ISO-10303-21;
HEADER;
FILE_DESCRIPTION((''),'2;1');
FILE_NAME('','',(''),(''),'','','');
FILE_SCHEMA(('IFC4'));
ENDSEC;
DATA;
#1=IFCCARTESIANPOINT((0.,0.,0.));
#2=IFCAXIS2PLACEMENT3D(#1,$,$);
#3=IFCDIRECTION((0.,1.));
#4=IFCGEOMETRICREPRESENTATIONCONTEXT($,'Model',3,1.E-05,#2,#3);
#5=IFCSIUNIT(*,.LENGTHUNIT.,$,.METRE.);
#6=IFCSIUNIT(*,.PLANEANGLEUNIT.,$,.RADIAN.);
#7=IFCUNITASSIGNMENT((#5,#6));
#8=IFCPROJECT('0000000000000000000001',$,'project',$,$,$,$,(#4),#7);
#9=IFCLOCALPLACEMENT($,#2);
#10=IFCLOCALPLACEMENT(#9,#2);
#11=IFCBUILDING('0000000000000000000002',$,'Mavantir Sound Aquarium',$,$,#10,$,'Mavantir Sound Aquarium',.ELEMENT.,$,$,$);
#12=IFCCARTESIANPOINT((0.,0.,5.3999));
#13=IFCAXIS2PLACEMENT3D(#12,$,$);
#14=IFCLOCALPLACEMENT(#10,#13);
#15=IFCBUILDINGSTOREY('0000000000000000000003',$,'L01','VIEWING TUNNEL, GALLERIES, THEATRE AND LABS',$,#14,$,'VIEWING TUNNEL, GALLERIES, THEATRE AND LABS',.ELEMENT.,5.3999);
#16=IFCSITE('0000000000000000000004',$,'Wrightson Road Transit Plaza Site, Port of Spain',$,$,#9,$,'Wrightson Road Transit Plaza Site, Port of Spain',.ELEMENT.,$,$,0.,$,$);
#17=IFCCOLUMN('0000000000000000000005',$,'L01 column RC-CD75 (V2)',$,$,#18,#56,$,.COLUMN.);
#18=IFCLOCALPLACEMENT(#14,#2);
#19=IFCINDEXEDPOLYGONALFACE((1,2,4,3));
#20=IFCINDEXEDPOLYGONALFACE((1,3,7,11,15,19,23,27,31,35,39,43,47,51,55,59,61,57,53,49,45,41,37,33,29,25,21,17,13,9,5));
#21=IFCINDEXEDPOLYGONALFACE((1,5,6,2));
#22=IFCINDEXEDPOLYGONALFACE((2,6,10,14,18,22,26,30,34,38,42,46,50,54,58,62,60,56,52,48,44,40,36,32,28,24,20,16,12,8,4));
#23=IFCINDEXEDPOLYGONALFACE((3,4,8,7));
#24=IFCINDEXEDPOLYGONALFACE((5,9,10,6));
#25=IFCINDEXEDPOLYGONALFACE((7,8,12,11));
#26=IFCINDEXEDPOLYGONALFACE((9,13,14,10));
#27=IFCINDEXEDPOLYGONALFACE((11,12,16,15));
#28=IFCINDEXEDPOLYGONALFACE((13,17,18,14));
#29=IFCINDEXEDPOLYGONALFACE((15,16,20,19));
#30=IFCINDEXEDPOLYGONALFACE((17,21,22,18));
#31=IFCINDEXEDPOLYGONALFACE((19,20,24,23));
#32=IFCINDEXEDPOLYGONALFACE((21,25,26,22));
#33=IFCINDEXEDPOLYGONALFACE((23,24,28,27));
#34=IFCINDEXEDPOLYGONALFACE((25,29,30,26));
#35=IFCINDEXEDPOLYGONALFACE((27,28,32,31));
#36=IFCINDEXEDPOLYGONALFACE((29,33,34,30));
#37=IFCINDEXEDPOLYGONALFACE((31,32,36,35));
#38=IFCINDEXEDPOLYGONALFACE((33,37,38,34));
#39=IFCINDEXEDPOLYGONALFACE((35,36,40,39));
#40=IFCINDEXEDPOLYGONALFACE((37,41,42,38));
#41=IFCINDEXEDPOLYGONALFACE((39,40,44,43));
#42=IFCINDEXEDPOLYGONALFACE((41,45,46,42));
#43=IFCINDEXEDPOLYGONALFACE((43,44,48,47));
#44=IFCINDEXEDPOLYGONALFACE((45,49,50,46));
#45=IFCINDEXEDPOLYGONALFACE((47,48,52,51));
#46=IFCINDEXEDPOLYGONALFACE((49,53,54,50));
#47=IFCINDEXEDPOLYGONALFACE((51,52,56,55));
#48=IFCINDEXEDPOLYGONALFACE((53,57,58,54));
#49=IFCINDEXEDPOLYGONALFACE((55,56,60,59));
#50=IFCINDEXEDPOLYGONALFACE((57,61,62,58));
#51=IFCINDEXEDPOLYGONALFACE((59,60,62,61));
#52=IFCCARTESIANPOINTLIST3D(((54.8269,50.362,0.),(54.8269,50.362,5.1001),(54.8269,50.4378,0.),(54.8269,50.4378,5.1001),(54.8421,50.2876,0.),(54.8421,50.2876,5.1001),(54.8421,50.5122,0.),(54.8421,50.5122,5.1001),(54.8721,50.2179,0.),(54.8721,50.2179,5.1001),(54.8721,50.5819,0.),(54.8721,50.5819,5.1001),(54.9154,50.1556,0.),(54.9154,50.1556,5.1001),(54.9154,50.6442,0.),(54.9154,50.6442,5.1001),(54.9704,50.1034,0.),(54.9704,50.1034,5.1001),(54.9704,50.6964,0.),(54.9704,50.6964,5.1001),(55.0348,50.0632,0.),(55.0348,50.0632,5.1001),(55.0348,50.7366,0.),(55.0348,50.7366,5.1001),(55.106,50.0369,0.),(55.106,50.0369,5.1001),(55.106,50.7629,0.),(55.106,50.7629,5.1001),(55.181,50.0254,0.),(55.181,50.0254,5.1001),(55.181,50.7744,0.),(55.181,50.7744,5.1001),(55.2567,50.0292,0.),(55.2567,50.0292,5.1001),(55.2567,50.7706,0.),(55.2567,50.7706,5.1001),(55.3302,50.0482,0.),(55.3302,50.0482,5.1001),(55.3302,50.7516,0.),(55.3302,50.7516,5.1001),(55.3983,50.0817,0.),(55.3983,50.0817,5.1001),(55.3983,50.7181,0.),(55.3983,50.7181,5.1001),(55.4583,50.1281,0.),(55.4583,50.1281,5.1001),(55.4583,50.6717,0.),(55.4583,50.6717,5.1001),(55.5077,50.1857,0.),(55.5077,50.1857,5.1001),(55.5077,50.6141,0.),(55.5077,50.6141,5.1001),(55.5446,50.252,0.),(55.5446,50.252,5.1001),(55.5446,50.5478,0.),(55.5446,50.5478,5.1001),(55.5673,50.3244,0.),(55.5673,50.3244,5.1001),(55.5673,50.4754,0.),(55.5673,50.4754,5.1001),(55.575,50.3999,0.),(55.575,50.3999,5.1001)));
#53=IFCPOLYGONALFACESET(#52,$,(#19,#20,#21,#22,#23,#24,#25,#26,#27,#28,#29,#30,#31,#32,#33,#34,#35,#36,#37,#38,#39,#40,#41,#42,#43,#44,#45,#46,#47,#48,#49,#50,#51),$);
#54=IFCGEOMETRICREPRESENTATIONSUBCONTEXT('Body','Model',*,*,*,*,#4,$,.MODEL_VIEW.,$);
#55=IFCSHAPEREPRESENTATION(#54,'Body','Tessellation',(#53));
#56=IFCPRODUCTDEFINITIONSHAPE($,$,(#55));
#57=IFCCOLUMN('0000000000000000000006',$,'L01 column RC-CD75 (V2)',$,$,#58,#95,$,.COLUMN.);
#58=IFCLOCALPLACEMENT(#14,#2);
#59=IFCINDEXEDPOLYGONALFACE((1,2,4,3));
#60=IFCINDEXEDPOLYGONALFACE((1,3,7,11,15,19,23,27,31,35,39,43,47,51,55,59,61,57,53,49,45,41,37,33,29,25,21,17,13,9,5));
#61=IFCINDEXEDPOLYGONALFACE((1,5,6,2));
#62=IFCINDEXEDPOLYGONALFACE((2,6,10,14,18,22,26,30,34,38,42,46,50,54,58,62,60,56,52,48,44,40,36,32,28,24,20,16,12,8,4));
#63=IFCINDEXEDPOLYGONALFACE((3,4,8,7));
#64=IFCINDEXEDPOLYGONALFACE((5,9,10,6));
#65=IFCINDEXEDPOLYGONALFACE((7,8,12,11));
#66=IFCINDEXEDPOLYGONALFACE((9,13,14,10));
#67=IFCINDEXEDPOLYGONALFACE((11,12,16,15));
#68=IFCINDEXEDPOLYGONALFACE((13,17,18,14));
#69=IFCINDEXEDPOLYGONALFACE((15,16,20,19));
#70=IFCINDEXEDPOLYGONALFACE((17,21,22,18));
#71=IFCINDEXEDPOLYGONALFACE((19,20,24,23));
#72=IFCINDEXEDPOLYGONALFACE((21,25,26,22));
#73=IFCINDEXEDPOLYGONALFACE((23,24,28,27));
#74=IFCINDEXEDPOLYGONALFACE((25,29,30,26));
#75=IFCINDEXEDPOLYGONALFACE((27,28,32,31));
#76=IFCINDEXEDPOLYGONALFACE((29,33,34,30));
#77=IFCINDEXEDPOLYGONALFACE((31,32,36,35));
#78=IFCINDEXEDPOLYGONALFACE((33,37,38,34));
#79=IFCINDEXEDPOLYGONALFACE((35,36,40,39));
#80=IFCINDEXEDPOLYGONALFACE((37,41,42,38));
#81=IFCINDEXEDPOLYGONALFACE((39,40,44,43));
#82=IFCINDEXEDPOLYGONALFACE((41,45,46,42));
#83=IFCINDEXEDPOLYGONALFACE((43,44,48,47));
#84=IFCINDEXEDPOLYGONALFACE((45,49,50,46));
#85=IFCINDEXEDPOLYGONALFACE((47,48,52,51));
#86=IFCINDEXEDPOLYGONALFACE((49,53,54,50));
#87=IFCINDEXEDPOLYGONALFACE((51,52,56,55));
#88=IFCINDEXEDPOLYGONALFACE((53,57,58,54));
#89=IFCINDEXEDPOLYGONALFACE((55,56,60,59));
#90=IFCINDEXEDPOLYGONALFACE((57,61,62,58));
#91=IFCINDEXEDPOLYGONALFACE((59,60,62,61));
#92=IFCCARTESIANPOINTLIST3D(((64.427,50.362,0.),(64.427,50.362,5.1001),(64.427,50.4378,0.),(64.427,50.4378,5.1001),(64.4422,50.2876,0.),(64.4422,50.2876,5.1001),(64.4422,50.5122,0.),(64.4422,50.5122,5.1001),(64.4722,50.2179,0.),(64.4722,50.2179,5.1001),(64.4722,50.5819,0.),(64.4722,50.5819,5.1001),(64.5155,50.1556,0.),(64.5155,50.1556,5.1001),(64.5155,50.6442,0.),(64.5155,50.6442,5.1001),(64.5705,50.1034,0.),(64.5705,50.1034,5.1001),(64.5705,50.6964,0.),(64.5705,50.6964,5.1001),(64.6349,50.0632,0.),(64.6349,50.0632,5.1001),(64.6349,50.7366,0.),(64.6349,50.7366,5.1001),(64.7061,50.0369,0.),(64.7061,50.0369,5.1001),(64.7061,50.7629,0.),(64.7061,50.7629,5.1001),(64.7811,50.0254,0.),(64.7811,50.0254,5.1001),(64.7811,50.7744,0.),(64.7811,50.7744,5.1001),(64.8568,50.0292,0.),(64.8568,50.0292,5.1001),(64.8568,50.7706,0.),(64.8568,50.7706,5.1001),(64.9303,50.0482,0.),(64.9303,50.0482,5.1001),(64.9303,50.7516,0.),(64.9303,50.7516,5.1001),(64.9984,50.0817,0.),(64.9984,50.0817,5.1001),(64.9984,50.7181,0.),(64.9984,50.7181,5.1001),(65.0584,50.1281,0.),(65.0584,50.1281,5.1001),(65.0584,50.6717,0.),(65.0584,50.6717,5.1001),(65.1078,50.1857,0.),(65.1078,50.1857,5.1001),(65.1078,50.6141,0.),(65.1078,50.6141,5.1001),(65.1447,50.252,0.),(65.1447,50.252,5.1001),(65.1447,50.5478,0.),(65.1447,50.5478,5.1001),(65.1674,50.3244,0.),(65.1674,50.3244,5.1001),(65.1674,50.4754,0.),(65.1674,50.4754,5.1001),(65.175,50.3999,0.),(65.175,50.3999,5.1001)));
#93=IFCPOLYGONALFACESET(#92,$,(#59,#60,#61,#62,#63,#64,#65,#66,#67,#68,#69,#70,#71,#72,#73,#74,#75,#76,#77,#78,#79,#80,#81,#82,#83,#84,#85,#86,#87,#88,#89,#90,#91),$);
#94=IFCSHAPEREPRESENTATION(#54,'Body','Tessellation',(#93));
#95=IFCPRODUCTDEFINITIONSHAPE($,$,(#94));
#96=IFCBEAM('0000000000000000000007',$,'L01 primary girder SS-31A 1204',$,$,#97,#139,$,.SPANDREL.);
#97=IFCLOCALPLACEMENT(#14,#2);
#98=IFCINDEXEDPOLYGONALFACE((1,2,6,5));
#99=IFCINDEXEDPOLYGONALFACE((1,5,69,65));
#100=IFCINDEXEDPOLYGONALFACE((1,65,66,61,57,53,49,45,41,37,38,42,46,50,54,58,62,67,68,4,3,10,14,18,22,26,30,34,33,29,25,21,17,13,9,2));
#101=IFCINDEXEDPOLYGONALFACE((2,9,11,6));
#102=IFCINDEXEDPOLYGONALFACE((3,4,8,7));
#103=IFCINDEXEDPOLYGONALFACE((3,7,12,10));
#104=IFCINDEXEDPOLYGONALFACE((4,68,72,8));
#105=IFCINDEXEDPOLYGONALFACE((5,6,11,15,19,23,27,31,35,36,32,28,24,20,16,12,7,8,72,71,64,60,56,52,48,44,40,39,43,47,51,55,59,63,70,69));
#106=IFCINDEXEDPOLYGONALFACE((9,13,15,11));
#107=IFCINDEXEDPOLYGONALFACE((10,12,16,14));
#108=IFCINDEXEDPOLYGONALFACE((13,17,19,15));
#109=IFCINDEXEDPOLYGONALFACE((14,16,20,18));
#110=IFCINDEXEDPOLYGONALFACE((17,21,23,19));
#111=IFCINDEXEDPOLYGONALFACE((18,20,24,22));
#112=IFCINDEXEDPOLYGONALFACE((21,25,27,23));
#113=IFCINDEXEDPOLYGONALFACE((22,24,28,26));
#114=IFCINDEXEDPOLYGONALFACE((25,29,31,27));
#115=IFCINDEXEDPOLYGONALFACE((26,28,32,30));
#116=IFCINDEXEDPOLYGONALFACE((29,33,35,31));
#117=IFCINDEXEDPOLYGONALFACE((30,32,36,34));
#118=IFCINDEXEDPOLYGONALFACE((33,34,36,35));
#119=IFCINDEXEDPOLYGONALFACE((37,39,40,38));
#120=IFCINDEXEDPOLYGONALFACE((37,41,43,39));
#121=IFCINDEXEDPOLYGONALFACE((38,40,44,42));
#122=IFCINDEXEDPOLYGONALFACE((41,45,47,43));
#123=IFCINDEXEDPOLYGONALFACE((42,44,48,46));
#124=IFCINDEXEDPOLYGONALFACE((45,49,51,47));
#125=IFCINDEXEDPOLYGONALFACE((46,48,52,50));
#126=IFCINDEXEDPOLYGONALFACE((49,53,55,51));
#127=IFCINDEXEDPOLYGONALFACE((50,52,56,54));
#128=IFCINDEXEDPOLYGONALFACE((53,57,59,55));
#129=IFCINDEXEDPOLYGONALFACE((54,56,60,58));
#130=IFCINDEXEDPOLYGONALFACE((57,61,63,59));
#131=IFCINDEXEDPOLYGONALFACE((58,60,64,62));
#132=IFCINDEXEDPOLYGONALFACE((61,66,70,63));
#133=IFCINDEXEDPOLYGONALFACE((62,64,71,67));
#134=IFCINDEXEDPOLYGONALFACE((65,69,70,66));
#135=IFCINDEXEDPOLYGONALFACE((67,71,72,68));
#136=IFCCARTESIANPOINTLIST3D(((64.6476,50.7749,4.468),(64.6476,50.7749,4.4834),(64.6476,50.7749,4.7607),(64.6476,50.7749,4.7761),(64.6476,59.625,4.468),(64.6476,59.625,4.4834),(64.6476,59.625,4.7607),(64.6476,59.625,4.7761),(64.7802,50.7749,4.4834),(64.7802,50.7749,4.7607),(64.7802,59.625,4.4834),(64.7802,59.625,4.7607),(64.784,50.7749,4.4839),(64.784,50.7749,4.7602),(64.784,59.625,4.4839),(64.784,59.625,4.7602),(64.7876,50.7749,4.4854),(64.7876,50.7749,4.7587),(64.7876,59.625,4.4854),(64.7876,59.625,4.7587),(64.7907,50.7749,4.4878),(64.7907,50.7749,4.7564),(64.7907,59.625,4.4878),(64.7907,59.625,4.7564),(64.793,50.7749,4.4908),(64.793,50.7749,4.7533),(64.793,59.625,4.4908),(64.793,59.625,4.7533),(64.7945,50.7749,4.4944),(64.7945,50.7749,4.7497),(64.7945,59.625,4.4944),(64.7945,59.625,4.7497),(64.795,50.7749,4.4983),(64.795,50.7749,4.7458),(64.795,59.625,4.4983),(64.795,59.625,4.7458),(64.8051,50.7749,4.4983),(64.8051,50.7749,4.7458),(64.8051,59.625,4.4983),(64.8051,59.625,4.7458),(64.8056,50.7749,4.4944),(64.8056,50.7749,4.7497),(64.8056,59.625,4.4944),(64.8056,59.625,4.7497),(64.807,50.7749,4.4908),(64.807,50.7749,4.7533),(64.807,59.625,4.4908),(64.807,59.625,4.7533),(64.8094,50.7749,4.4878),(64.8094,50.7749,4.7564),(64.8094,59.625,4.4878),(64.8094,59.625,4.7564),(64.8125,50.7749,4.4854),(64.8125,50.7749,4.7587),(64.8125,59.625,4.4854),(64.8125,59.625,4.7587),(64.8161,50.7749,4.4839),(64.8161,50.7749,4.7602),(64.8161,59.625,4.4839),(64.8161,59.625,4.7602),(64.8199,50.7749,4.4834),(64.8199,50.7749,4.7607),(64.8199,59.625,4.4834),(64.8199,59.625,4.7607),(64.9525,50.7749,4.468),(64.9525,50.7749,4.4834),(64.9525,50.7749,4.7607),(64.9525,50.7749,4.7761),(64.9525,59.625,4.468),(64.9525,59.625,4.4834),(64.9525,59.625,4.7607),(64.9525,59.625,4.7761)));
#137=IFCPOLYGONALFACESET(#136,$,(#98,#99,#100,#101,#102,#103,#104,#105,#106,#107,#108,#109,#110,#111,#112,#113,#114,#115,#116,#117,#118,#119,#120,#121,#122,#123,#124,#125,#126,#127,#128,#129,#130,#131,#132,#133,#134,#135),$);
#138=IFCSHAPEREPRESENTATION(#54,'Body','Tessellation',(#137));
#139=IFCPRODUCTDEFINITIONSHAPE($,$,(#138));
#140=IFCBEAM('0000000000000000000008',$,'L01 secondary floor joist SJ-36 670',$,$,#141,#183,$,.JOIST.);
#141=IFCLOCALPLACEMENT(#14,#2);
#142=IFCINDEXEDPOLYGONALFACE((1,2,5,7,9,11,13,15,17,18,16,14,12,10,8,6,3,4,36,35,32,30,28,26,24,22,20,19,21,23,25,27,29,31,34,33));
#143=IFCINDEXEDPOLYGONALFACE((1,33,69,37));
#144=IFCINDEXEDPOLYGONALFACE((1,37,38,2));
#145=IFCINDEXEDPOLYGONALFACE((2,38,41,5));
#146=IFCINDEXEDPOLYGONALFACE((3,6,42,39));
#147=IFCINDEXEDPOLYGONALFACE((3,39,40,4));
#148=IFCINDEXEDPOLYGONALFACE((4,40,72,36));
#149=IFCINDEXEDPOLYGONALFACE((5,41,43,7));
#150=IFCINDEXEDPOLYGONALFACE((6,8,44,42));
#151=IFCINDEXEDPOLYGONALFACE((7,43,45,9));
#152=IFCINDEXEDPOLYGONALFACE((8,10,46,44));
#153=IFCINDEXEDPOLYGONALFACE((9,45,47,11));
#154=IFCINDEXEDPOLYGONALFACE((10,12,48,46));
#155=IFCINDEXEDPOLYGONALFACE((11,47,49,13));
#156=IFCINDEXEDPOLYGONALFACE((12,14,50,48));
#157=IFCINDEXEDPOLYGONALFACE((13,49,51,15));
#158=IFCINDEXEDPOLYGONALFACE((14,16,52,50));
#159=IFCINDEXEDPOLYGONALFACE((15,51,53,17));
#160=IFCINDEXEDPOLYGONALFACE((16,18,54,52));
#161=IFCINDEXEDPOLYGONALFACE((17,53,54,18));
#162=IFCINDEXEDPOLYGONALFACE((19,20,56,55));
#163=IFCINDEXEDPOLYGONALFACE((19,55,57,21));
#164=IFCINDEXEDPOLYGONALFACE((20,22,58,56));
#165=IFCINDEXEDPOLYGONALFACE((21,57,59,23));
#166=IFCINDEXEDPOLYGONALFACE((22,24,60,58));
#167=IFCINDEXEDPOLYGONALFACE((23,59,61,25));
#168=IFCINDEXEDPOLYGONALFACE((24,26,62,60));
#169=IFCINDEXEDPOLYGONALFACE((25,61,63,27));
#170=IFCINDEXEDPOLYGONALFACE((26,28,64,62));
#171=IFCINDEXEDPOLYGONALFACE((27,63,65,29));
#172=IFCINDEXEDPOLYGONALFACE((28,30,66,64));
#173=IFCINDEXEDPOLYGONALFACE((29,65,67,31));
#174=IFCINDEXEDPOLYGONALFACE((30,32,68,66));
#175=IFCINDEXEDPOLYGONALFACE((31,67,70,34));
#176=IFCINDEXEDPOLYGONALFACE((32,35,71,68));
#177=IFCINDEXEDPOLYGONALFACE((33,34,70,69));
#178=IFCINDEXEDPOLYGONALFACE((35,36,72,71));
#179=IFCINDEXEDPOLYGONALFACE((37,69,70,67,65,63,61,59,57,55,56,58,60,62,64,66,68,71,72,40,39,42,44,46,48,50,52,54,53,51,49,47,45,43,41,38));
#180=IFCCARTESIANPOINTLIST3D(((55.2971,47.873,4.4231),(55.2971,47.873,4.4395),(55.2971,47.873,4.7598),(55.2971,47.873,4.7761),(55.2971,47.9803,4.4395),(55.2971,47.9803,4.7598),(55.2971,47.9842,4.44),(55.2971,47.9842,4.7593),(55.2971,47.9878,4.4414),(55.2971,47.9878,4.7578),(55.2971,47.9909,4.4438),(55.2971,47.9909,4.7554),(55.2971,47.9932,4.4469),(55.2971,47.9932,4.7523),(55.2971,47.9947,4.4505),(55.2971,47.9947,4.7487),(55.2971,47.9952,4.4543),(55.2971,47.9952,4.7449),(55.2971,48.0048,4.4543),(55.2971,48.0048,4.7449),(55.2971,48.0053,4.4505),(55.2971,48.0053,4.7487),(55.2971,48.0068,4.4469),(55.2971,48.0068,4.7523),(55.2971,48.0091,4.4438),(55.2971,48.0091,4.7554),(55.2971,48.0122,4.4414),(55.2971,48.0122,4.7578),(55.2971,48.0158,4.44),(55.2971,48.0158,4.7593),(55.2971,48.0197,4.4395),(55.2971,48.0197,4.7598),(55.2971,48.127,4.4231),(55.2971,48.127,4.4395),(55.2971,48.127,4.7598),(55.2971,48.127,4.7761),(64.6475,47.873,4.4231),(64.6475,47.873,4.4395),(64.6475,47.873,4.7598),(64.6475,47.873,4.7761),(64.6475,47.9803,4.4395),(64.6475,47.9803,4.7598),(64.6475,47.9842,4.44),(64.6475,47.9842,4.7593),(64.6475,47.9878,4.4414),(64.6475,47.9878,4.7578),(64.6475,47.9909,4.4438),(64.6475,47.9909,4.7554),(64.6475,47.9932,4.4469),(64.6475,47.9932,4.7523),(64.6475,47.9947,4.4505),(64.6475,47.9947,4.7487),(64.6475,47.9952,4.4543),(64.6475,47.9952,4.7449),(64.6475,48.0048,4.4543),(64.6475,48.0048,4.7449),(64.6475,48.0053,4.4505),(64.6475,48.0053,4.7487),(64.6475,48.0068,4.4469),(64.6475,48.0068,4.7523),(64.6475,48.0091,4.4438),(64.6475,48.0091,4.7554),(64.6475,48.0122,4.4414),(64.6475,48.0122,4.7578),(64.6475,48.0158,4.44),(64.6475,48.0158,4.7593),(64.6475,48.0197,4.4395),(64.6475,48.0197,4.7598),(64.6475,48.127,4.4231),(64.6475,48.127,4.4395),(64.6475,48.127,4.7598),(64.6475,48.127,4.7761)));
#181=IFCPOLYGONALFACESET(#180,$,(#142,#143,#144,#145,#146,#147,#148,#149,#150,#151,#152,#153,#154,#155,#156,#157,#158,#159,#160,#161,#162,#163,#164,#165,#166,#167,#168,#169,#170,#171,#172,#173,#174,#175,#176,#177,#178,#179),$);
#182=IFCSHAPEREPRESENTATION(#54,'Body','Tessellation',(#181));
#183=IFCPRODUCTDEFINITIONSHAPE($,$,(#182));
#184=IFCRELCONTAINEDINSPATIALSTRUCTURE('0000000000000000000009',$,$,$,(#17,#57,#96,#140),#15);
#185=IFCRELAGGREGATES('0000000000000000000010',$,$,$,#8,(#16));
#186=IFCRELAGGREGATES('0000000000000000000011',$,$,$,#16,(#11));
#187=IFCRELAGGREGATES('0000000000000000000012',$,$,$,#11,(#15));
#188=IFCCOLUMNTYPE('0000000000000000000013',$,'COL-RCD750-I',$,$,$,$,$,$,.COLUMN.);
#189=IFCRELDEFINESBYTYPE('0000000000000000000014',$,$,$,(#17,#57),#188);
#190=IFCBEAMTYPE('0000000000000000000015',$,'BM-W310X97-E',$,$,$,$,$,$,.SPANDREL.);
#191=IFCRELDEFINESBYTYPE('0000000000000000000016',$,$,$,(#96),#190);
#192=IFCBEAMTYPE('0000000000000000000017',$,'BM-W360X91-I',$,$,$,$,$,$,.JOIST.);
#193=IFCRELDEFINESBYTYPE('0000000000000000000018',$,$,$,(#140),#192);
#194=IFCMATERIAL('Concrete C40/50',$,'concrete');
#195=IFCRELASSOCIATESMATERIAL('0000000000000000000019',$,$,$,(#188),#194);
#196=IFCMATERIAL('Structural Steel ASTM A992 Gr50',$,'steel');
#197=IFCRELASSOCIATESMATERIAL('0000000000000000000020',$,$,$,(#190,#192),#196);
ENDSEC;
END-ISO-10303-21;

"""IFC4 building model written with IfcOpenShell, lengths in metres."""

from ifc_helpers import new_model, si_unit, direction, frame, origin, origin_2d, place, context, subcontext, project, spatial, circle, i_section, extrude, material, material_profile, profile_set, type_object, element, save


model = new_model("IFC4")

# Units and contexts
model_context = context("Model", 3, precision=1e-05, world=origin(), true_north=direction((0.0, 1.0)))
body_context = subcontext(model_context, "Body", "Model", "MODEL_VIEW")
ifc_project = project(units=[si_unit("LENGTHUNIT", "METRE"), si_unit("PLANEANGLEUNIT", "RADIAN")], contexts=[model_context])

# Site, building, storey
site_placement = place(None, origin())
site = spatial("IfcSite", under=ifc_project, at=site_placement, Name="Wrightson Road Transit Plaza Site, Port of Spain", LongName="Wrightson Road Transit Plaza Site, Port of Spain", CompositionType="ELEMENT", RefElevation=0.0)
building_placement = place(site_placement, origin())
building = spatial("IfcBuilding", under=site, at=building_placement, Name="Mavantir Sound Aquarium", LongName="Mavantir Sound Aquarium", CompositionType="ELEMENT")
storey_placement = place(building_placement, frame((0.0, 0.0, 5.3999)))
storey = spatial("IfcBuildingStorey", under=building, at=storey_placement, Name="L01", Description="VIEWING TUNNEL, GALLERIES, THEATRE AND LABS", LongName="VIEWING TUNNEL, GALLERIES, THEATRE AND LABS", CompositionType="ELEMENT", Elevation=5.3999)

# Columns
ifc_material_1 = material(Name="Concrete C40/50", Category="concrete")
ifc_material_profile_1 = material_profile(ifc_material_1, circle(Radius=0.375, at=origin_2d()), Name="RC D750")
ifc_profile_set_1 = profile_set([ifc_material_profile_1], Name="Concrete C40/50")
column_type = type_object("IfcColumnType", Name="COL-RCD750-I", PredefinedType="COLUMN", material=ifc_profile_set_1)
for number, where, z_axis, x_axis, name in (
    (1, (55.2, 50.3999, 0.0), (0.0, 0.0, 1.0), (1.0, 0.0, 0.0), "L01 column RC-CD75 (V2)"),
    (2, (64.8, 50.3999, 0.0), (0.0, 0.0, 1.0), (1.0, 0.0, 0.0), "L01 column RC-CD75 (V2)"),
):
    element("IfcColumn", number, at=place(storey_placement, frame(where, z_axis=z_axis, x_axis=x_axis)), inside=storey, type_object=column_type, Name=name, PredefinedType="COLUMN", context=body_context, shape_type="SweptSolid", body=[
        extrude(circle(Radius=0.375, at=origin_2d()), origin(), (0.0, 0.0, 1.0), 5.1001),
    ])

# Beams
ifc_material_2 = material(Name="Structural Steel ASTM A992 Gr50", Category="steel")
ifc_material_profile_2 = material_profile(ifc_material_2, i_section(OverallWidth=0.3049, OverallDepth=0.3081, WebThickness=0.01, FlangeThickness=0.0154, FilletRadius=0.0149, at=origin_2d()), Name="W310X97")
ifc_profile_set_2 = profile_set([ifc_material_profile_2], Name="Structural Steel ASTM A992 Gr50")
beam_type_1 = type_object("IfcBeamType", Name="BM-W310X97-E", PredefinedType="SPANDREL", material=ifc_profile_set_2)
beam_1_placement = place(storey_placement, frame((64.8, 50.7749, 4.6221), z_axis=(0.0, 1.0, 0.0), x_axis=(-1.0, 0.0, 0.0)))
element("IfcBeam", 3, at=beam_1_placement, inside=storey, type_object=beam_type_1, Name="L01 primary girder SS-31A 1204", PredefinedType="SPANDREL", context=body_context, shape_type="SweptSolid", body=[
    extrude(i_section(OverallWidth=0.3049, OverallDepth=0.3081, WebThickness=0.01, FlangeThickness=0.0154, FilletRadius=0.0149, at=origin_2d()), origin(), (0.0, 0.0, 1.0), 8.8501),
])
ifc_material_profile_3 = material_profile(ifc_material_2, i_section(OverallWidth=0.2539, OverallDepth=0.353, WebThickness=0.0095, FlangeThickness=0.0164, FilletRadius=0.0149, at=origin_2d()), Name="W360X91")
ifc_profile_set_3 = profile_set([ifc_material_profile_3], Name="Structural Steel ASTM A992 Gr50")
beam_type_2 = type_object("IfcBeamType", Name="BM-W360X91-I", PredefinedType="JOIST", material=ifc_profile_set_3)
beam_2_placement = place(storey_placement, frame((55.2971, 48.0, 4.5996), z_axis=(1.0, 0.0, 0.0), x_axis=(0.0, 1.0, 0.0)))
element("IfcBeam", 4, at=beam_2_placement, inside=storey, type_object=beam_type_2, Name="L01 secondary floor joist SJ-36 670", PredefinedType="JOIST", context=body_context, shape_type="SweptSolid", body=[
    extrude(i_section(OverallWidth=0.2539, OverallDepth=0.353, WebThickness=0.0095, FlangeThickness=0.0164, FilletRadius=0.0149, at=origin_2d()), origin(), (0.0, 0.0, 1.0), 9.3503),
])

save(model, "model.ifc")
